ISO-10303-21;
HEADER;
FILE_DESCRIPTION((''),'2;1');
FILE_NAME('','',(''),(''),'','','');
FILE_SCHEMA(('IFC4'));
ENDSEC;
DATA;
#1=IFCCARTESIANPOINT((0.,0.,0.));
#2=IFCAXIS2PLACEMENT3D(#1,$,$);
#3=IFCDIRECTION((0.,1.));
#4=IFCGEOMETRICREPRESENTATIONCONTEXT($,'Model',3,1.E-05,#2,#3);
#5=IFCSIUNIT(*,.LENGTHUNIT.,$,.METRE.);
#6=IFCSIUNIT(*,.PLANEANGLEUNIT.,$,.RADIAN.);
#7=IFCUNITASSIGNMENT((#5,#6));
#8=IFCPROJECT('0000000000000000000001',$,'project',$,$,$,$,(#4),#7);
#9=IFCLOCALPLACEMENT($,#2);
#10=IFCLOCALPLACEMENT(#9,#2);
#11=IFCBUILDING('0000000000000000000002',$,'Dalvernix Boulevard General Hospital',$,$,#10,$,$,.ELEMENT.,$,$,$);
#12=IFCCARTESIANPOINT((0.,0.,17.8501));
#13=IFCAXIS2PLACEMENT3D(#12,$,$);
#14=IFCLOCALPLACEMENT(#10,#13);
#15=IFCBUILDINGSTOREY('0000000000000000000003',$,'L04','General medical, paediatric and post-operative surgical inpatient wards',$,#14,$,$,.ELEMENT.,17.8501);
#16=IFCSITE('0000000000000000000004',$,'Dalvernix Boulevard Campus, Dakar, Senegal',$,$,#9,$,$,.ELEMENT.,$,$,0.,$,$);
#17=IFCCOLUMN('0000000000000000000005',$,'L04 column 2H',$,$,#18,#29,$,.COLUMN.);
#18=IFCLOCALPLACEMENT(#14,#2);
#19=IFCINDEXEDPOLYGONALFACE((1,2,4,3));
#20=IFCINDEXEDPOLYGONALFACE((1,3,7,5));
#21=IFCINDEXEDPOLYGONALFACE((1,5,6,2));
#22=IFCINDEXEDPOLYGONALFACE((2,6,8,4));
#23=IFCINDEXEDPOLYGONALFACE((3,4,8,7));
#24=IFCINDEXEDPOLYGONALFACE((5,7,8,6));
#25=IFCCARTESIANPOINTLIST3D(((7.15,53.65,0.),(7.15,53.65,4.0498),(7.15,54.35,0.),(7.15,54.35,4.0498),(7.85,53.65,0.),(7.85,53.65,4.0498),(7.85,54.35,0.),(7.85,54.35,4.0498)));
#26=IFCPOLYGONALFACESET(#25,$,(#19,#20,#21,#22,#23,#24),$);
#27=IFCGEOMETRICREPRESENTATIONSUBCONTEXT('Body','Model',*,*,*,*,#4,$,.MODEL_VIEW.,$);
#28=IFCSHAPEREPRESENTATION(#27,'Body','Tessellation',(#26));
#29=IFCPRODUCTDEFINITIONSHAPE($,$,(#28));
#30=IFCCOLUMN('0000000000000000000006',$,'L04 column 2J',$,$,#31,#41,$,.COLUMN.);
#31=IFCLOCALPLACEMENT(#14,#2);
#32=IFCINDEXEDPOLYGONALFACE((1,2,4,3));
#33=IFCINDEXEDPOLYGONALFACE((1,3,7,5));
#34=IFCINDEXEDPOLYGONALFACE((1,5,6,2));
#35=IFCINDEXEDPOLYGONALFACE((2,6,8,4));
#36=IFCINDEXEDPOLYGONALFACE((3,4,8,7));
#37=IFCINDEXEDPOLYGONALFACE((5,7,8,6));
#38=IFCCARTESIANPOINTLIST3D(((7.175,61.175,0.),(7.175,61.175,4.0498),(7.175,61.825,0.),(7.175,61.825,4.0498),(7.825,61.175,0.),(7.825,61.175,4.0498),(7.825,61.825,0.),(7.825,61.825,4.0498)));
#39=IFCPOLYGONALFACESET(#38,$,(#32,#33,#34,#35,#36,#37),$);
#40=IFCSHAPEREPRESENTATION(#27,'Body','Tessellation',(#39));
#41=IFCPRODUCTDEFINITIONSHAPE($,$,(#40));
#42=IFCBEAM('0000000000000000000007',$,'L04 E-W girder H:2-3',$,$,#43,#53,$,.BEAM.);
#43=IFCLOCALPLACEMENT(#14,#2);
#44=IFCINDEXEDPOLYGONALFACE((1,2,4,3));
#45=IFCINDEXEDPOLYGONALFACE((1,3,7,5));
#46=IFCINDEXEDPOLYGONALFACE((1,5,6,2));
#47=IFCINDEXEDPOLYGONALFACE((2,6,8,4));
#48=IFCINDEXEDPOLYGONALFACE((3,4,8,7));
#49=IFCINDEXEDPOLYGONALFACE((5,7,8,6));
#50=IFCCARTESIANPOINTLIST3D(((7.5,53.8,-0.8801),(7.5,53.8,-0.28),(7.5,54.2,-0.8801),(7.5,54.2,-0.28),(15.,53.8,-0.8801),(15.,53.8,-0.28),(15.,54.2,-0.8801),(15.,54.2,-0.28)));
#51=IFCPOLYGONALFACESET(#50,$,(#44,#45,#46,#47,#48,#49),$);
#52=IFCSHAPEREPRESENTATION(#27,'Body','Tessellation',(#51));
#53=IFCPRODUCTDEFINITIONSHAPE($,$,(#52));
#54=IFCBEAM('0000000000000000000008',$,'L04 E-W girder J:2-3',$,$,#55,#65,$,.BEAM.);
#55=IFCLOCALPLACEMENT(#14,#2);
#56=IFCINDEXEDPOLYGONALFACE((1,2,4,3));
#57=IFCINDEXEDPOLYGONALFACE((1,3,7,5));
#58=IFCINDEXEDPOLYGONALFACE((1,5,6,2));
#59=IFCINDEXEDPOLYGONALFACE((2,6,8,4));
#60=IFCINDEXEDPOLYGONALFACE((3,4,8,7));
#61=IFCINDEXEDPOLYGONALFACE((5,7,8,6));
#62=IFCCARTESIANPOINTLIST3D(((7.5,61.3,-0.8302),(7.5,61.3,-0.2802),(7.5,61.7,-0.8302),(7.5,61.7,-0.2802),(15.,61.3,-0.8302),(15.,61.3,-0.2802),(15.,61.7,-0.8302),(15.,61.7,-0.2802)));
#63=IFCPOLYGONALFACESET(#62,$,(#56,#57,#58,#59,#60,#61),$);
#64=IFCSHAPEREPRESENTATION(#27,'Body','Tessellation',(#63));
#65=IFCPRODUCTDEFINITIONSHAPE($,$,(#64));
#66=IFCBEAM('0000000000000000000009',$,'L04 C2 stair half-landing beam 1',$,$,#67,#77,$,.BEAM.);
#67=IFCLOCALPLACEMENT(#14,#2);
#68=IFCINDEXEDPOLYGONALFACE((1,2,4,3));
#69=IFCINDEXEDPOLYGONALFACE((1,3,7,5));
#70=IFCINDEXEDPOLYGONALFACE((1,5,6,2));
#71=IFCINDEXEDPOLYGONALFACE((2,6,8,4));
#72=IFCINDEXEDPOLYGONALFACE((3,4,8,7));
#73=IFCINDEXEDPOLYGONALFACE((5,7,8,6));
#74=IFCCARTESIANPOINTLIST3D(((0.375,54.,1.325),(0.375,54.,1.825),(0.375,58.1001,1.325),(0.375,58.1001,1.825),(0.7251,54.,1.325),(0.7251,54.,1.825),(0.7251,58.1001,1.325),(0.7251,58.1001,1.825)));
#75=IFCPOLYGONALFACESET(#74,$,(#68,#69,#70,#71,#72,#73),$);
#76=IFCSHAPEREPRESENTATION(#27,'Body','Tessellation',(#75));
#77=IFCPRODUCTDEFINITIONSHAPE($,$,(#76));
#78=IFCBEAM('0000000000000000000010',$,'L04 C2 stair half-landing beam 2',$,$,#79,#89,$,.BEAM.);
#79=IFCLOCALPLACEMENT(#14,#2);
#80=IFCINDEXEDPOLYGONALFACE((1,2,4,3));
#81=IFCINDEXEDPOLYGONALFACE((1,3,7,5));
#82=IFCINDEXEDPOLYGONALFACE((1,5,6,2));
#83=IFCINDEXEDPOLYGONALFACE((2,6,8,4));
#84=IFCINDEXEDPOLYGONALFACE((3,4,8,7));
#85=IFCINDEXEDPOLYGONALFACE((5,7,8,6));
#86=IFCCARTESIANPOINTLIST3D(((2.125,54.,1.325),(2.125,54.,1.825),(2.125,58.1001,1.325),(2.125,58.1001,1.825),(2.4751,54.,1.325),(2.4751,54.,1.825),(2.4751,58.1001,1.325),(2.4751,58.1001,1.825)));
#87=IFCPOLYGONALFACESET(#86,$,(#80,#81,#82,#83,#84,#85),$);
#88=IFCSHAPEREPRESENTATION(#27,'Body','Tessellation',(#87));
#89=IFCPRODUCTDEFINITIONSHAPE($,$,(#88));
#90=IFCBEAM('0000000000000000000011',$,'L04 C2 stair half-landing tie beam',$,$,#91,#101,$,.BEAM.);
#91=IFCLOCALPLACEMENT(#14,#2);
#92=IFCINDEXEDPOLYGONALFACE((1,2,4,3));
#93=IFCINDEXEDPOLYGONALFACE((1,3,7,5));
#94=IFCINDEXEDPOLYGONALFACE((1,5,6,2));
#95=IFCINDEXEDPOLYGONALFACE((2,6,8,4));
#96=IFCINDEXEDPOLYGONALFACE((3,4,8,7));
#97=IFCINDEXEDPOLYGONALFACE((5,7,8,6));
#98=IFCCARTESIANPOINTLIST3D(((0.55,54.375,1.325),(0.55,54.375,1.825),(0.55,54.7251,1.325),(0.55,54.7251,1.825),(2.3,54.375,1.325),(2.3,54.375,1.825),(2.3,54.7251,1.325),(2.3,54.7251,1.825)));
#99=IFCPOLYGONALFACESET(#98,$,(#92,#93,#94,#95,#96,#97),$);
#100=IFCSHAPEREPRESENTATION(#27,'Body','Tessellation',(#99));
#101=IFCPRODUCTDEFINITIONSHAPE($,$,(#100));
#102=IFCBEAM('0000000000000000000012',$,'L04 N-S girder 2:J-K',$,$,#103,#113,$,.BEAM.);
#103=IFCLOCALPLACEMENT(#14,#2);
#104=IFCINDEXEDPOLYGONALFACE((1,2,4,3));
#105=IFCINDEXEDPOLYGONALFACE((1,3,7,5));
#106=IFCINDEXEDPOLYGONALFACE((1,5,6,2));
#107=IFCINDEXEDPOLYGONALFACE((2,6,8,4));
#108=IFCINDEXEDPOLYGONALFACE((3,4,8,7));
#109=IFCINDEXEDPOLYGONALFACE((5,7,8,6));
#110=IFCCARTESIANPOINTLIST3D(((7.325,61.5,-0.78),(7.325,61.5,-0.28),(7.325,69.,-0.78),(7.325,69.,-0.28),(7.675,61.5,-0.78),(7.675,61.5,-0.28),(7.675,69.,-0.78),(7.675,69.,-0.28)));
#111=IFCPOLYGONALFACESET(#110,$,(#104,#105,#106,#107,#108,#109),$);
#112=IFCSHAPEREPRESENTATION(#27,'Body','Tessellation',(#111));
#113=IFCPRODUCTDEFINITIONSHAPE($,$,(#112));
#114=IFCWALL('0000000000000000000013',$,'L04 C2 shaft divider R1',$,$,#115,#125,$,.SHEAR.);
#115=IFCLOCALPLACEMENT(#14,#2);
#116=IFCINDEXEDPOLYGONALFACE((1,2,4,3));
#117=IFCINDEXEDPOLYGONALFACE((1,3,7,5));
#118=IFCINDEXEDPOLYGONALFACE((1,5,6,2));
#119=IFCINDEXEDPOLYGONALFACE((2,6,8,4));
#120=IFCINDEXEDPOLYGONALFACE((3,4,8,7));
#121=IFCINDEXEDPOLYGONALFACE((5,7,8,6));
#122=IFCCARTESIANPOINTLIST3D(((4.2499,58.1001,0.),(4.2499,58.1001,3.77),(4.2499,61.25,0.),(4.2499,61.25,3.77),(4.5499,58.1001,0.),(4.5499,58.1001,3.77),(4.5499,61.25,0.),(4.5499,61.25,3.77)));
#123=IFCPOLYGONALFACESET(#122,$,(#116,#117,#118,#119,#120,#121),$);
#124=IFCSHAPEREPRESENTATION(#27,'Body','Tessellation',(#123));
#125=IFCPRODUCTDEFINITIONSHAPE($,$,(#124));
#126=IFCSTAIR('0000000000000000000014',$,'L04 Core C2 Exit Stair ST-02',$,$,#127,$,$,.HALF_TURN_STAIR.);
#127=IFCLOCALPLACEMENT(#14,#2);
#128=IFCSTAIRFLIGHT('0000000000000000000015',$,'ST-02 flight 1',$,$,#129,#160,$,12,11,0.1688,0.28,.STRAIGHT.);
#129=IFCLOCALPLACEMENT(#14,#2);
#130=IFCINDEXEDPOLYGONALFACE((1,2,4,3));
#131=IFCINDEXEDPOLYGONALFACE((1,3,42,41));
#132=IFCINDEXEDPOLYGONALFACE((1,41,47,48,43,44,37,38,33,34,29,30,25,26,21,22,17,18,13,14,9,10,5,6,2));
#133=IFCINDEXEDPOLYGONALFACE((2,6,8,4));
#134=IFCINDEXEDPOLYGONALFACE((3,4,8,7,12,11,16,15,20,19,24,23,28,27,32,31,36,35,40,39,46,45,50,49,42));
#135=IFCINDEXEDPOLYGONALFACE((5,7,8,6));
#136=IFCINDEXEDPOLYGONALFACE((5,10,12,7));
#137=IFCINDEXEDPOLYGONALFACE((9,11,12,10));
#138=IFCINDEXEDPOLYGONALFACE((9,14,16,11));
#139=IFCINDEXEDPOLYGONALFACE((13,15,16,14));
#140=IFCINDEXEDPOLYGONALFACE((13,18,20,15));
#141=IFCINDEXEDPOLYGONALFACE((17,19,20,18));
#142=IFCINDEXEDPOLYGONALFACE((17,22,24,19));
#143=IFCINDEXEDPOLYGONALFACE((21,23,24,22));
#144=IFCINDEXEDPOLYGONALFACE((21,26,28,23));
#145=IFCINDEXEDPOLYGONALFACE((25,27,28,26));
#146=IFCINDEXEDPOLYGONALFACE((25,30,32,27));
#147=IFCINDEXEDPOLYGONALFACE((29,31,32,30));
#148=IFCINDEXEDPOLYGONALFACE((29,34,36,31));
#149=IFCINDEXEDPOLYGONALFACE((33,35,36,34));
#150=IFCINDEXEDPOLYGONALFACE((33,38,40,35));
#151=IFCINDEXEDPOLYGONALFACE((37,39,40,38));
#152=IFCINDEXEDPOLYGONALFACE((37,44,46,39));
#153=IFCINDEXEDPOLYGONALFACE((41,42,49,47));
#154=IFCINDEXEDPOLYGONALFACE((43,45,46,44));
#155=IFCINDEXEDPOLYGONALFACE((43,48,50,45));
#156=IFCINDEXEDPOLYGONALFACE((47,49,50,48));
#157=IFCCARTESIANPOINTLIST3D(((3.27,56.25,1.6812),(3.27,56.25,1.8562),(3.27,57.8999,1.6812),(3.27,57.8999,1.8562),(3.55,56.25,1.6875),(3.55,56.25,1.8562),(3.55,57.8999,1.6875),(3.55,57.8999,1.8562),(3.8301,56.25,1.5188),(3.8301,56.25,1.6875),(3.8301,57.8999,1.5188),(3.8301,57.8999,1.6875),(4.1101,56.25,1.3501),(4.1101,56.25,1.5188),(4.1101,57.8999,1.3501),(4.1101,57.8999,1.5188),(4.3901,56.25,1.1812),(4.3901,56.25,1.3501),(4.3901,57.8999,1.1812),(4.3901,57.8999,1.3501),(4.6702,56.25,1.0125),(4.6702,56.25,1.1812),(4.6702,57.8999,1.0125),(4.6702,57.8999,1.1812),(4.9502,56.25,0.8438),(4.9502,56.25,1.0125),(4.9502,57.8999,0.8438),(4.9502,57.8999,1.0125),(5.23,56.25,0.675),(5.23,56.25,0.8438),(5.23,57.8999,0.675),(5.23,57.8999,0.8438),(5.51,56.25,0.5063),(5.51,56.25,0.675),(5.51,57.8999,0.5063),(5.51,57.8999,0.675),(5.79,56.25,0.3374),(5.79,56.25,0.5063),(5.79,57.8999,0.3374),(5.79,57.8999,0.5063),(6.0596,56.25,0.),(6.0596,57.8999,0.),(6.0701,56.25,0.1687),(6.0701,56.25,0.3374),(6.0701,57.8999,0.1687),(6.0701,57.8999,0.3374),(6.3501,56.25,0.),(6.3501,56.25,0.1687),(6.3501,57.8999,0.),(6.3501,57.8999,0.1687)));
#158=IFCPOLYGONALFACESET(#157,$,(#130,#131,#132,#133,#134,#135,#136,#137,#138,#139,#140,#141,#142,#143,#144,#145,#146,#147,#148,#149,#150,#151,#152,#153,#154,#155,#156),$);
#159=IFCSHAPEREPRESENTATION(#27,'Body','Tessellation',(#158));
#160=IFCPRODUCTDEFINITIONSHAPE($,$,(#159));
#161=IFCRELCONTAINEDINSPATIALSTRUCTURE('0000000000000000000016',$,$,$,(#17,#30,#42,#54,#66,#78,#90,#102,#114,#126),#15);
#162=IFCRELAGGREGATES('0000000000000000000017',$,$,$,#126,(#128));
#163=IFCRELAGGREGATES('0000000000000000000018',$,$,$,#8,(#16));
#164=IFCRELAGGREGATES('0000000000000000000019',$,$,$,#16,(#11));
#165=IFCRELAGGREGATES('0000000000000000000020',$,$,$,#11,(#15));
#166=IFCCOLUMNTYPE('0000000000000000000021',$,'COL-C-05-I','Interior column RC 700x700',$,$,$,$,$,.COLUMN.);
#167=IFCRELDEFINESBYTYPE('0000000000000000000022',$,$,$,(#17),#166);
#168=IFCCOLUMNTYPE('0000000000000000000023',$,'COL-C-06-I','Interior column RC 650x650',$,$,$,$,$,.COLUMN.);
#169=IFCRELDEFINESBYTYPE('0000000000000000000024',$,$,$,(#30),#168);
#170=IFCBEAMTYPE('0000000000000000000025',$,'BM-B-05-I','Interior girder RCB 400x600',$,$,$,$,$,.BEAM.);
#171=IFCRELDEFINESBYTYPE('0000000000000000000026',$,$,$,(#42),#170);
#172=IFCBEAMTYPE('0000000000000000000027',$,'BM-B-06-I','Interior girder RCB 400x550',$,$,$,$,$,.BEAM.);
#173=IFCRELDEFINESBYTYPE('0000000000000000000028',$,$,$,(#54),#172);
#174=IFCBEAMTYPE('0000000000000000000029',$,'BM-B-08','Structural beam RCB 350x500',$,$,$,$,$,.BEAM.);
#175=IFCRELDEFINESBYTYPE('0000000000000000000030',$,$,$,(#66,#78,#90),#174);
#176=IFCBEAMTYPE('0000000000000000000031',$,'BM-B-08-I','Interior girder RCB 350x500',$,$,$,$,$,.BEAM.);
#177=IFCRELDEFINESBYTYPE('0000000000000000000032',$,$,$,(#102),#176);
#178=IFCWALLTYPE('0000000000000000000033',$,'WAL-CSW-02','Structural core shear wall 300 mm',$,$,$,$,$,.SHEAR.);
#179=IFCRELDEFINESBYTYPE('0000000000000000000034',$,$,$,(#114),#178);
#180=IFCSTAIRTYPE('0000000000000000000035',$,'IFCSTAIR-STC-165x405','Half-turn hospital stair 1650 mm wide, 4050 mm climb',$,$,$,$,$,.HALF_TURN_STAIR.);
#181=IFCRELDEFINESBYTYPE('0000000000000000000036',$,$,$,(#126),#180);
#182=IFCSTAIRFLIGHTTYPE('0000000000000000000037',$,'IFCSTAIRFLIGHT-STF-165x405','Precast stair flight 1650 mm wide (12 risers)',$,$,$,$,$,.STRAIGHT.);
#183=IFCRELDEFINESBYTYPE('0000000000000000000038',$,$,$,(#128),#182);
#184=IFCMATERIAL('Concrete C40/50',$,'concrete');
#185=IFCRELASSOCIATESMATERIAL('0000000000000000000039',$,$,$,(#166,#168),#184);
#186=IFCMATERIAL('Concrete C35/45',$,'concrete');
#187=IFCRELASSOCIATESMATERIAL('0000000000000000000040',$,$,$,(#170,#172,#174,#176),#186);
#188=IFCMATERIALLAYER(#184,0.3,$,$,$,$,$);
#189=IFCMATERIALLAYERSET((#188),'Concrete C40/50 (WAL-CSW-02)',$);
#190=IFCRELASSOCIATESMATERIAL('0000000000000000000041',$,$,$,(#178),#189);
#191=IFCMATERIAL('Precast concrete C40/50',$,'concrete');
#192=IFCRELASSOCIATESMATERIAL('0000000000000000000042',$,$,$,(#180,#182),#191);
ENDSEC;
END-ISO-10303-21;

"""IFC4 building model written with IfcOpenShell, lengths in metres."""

from ifc_helpers import new_model, si_unit, direction, frame, frame_2d, origin, origin_2d, place, context, subcontext, project, spatial, polyline, rectangle, outline, extrude, material, layer, layer_set, material_profile, profile_set, type_object, element, aggregate, save


model = new_model("IFC4")

# Units and contexts
model_context = context("Model", 3, precision=1e-05, world=origin(), true_north=direction((0.0, 1.0)))
body_context = subcontext(model_context, "Body", "Model", "MODEL_VIEW")
ifc_project = project(units=[si_unit("LENGTHUNIT", "METRE"), si_unit("PLANEANGLEUNIT", "RADIAN")], contexts=[model_context])

# Site, building, storey
site_placement = place(None, origin())
site = spatial("IfcSite", under=ifc_project, at=site_placement, Name="Dalvernix Boulevard Campus, Dakar, Senegal", CompositionType="ELEMENT", RefElevation=0.0)
building_placement = place(site_placement, origin())
building = spatial("IfcBuilding", under=site, at=building_placement, Name="Dalvernix Boulevard General Hospital", CompositionType="ELEMENT")
storey_placement = place(building_placement, frame((0.0, 0.0, 17.8501)))
storey = spatial("IfcBuildingStorey", under=building, at=storey_placement, Name="L04", Description="General medical, paediatric and post-operative surgical inpatient wards", CompositionType="ELEMENT", Elevation=17.8501)

# Columns
ifc_material_1 = material(Name="Concrete C40/50", Category="concrete")
ifc_material_profile_1 = material_profile(ifc_material_1, rectangle(XDim=0.7, YDim=0.7, at=origin_2d()), Name="RC 700x700")
ifc_profile_set_1 = profile_set([ifc_material_profile_1], Name="Concrete C40/50")
column_type_1 = type_object("IfcColumnType", Name="COL-C-05-I", Description="Interior column RC 700x700", PredefinedType="COLUMN", material=ifc_profile_set_1)
column_1_placement = place(storey_placement, frame((7.5, 54.0, 0.0), z_axis=(0.0, 0.0, 1.0), x_axis=(1.0, 0.0, 0.0)))
element("IfcColumn", 1, at=column_1_placement, inside=storey, type_object=column_type_1, Name="L04 column 2H", PredefinedType="COLUMN", context=body_context, shape_type="SweptSolid", body=[
    extrude(rectangle(XDim=0.7, YDim=0.7, at=origin_2d()), origin(), (0.0, 0.0, 1.0), 4.0498),
])
ifc_material_profile_2 = material_profile(ifc_material_1, rectangle(XDim=0.6499, YDim=0.6499, at=origin_2d()), Name="RC 650x650")
ifc_profile_set_2 = profile_set([ifc_material_profile_2], Name="Concrete C40/50")
column_type_2 = type_object("IfcColumnType", Name="COL-C-06-I", Description="Interior column RC 650x650", PredefinedType="COLUMN", material=ifc_profile_set_2)
column_2_placement = place(storey_placement, frame((7.5, 61.5, 0.0), z_axis=(0.0, 0.0, 1.0), x_axis=(1.0, 0.0, 0.0)))
element("IfcColumn", 2, at=column_2_placement, inside=storey, type_object=column_type_2, Name="L04 column 2J", PredefinedType="COLUMN", context=body_context, shape_type="SweptSolid", body=[
    extrude(rectangle(XDim=0.6499, YDim=0.6499, at=origin_2d()), origin(), (0.0, 0.0, 1.0), 4.0498),
])

# Beams
ifc_material_2 = material(Name="Concrete C35/45", Category="concrete")
ifc_material_profile_3 = material_profile(ifc_material_2, rectangle(XDim=0.3999, YDim=0.6001, at=origin_2d()), Name="RCB 400x600")
ifc_profile_set_3 = profile_set([ifc_material_profile_3], Name="Concrete C35/45")
beam_type_1 = type_object("IfcBeamType", Name="BM-B-05-I", Description="Interior girder RCB 400x600", PredefinedType="BEAM", material=ifc_profile_set_3)
beam_1_placement = place(storey_placement, frame((7.5, 54.0, -0.5801), z_axis=(1.0, 0.0, 0.0), x_axis=(0.0, 1.0, 0.0)))
element("IfcBeam", 3, at=beam_1_placement, inside=storey, type_object=beam_type_1, Name="L04 E-W girder H:2-3", PredefinedType="BEAM", context=body_context, shape_type="SweptSolid", body=[
    extrude(rectangle(XDim=0.3999, YDim=0.6001, at=origin_2d()), origin(), (0.0, 0.0, 1.0), 7.5),
])
ifc_material_profile_4 = material_profile(ifc_material_2, rectangle(XDim=0.3999, YDim=0.55, at=origin_2d()), Name="RCB 400x550")
ifc_profile_set_4 = profile_set([ifc_material_profile_4], Name="Concrete C35/45")
beam_type_2 = type_object("IfcBeamType", Name="BM-B-06-I", Description="Interior girder RCB 400x550", PredefinedType="BEAM", material=ifc_profile_set_4)
beam_2_placement = place(storey_placement, frame((7.5, 61.5, -0.5552), z_axis=(1.0, 0.0, 0.0), x_axis=(0.0, 1.0, 0.0)))
element("IfcBeam", 4, at=beam_2_placement, inside=storey, type_object=beam_type_2, Name="L04 E-W girder J:2-3", PredefinedType="BEAM", context=body_context, shape_type="SweptSolid", body=[
    extrude(rectangle(XDim=0.3999, YDim=0.55, at=origin_2d()), origin(), (0.0, 0.0, 1.0), 7.5),
])
ifc_material_profile_5 = material_profile(ifc_material_2, rectangle(XDim=0.3501, YDim=0.5, at=origin_2d()), Name="RCB 350x500")
ifc_profile_set_5 = profile_set([ifc_material_profile_5], Name="Concrete C35/45")
beam_type_3 = type_object("IfcBeamType", Name="BM-B-08", Description="Structural beam RCB 350x500", PredefinedType="BEAM", material=ifc_profile_set_5)
for number, where, z_axis, x_axis, name in (
    (5, (0.55, 54.0, 1.575), (0.0, 1.0, 0.0), (-1.0, 0.0, 0.0), "L04 C2 stair half-landing beam 1"),
    (6, (2.3, 54.0, 1.575), (0.0, 1.0, 0.0), (-1.0, 0.0, 0.0), "L04 C2 stair half-landing beam 2"),
):
    element("IfcBeam", number, at=place(storey_placement, frame(where, z_axis=z_axis, x_axis=x_axis)), inside=storey, type_object=beam_type_3, Name=name, PredefinedType="BEAM", context=body_context, shape_type="SweptSolid", body=[
        extrude(rectangle(XDim=0.3501, YDim=0.5, at=origin_2d()), origin(), (0.0, 0.0, 1.0), 4.1001),
    ])
beam_3_placement = place(storey_placement, frame((0.55, 54.55, 1.575), z_axis=(1.0, 0.0, 0.0), x_axis=(0.0, 1.0, 0.0)))
element("IfcBeam", 7, at=beam_3_placement, inside=storey, type_object=beam_type_3, Name="L04 C2 stair half-landing tie beam", PredefinedType="BEAM", context=body_context, shape_type="SweptSolid", body=[
    extrude(rectangle(XDim=0.3501, YDim=0.5, at=origin_2d()), origin(), (0.0, 0.0, 1.0), 1.75),
])
ifc_material_profile_6 = material_profile(ifc_material_2, rectangle(XDim=0.3501, YDim=0.5, at=origin_2d()), Name="RCB 350x500")
ifc_profile_set_6 = profile_set([ifc_material_profile_6], Name="Concrete C35/45")
beam_type_4 = type_object("IfcBeamType", Name="BM-B-08-I", Description="Interior girder RCB 350x500", PredefinedType="BEAM", material=ifc_profile_set_6)
beam_4_placement = place(storey_placement, frame((7.5, 61.5, -0.53), z_axis=(0.0, 1.0, 0.0), x_axis=(-1.0, 0.0, 0.0)))
element("IfcBeam", 8, at=beam_4_placement, inside=storey, type_object=beam_type_4, Name="L04 N-S girder 2:J-K", PredefinedType="BEAM", context=body_context, shape_type="SweptSolid", body=[
    extrude(rectangle(XDim=0.3501, YDim=0.5, at=origin_2d()), origin(), (0.0, 0.0, 1.0), 7.5),
])

# Wall
ifc_layer = layer(ifc_material_1, 0.3)
ifc_layer_set = layer_set([ifc_layer], Name="Concrete C40/50 (WAL-CSW-02)")
wall_type = type_object("IfcWallType", Name="WAL-CSW-02", Description="Structural core shear wall 300 mm", PredefinedType="SHEAR", material=ifc_layer_set)
wall_placement = place(storey_placement, frame((4.3999, 58.1001, 0.0), z_axis=(0.0, 0.0, 1.0), x_axis=(0.0, 1.0, 0.0)))
element("IfcWall", 9, at=wall_placement, inside=storey, type_object=wall_type, Name="L04 C2 shaft divider R1", PredefinedType="SHEAR", context=body_context, shape_type="SweptSolid", body=[
    extrude(rectangle(XDim=3.1499, YDim=0.3, at=frame_2d((1.575, 0.0))), origin(), (0.0, 0.0, 1.0), 3.77),
])

# Stair, stair flight
ifc_material_3 = material(Name="Precast concrete C40/50", Category="concrete")
stair_type = type_object("IfcStairType", Name="IFCSTAIR-STC-165x405", Description="Half-turn hospital stair 1650 mm wide, 4050 mm climb", PredefinedType="HALF_TURN_STAIR", material=ifc_material_3)
stair_placement = place(storey_placement, origin())
stair = element("IfcStair", 10, at=stair_placement, inside=storey, type_object=stair_type, Name="L04 Core C2 Exit Stair ST-02", PredefinedType="HALF_TURN_STAIR")
stair_flight_type = type_object("IfcStairFlightType", Name="IFCSTAIRFLIGHT-STF-165x405", Description="Precast stair flight 1650 mm wide (12 risers)", PredefinedType="STRAIGHT", material=ifc_material_3)
stair_flight_1_placement = place(storey_placement, frame((6.3501, 57.075, 0.0), z_axis=(0.0, 0.0, 1.0), x_axis=(-1.0, 0.0, 0.0)))
stair_flight_1 = element("IfcStairFlight", 11, at=stair_flight_1_placement, type_object=stair_flight_type, Name="ST-02 flight 1", NumberOfRisers=12, NumberOfTreads=11, PredefinedType="STRAIGHT", RiserHeight=0.1688, TreadLength=0.28, context=body_context, shape_type="SweptSolid", body=[
    extrude(outline(polyline([(0.0, 0.0), (0.0, 0.1687), (0.28, 0.1687), (0.28, 0.3374), (0.5601, 0.3374), (0.5601, 0.5063), (0.8401, 0.5063), (0.8401, 0.675), (1.1201, 0.675), (1.1201, 0.8438), (1.3999, 0.8438), (1.3999, 1.0125), (1.6799, 1.0125), (1.6799, 1.1812), (1.96, 1.1812), (1.96, 1.3501), (2.24, 1.3501), (2.24, 1.5188), (2.52, 1.5188), (2.52, 1.6875), (2.8, 1.6875), (2.8, 1.8562), (3.0801, 1.8562), (3.0801, 2.0249), (3.0801, 1.6812), (0.2905, 0.0), (0.0, 0.0)])), frame((0.0, 0.825, 0.0), z_axis=(0.0, -1.0, 0.0), x_axis=(1.0, 0.0, 0.0)), (0.0, 0.0, 1.0), 1.6499),
])
aggregate(stair, [stair_flight_1])

save(model, "model.ifc")
